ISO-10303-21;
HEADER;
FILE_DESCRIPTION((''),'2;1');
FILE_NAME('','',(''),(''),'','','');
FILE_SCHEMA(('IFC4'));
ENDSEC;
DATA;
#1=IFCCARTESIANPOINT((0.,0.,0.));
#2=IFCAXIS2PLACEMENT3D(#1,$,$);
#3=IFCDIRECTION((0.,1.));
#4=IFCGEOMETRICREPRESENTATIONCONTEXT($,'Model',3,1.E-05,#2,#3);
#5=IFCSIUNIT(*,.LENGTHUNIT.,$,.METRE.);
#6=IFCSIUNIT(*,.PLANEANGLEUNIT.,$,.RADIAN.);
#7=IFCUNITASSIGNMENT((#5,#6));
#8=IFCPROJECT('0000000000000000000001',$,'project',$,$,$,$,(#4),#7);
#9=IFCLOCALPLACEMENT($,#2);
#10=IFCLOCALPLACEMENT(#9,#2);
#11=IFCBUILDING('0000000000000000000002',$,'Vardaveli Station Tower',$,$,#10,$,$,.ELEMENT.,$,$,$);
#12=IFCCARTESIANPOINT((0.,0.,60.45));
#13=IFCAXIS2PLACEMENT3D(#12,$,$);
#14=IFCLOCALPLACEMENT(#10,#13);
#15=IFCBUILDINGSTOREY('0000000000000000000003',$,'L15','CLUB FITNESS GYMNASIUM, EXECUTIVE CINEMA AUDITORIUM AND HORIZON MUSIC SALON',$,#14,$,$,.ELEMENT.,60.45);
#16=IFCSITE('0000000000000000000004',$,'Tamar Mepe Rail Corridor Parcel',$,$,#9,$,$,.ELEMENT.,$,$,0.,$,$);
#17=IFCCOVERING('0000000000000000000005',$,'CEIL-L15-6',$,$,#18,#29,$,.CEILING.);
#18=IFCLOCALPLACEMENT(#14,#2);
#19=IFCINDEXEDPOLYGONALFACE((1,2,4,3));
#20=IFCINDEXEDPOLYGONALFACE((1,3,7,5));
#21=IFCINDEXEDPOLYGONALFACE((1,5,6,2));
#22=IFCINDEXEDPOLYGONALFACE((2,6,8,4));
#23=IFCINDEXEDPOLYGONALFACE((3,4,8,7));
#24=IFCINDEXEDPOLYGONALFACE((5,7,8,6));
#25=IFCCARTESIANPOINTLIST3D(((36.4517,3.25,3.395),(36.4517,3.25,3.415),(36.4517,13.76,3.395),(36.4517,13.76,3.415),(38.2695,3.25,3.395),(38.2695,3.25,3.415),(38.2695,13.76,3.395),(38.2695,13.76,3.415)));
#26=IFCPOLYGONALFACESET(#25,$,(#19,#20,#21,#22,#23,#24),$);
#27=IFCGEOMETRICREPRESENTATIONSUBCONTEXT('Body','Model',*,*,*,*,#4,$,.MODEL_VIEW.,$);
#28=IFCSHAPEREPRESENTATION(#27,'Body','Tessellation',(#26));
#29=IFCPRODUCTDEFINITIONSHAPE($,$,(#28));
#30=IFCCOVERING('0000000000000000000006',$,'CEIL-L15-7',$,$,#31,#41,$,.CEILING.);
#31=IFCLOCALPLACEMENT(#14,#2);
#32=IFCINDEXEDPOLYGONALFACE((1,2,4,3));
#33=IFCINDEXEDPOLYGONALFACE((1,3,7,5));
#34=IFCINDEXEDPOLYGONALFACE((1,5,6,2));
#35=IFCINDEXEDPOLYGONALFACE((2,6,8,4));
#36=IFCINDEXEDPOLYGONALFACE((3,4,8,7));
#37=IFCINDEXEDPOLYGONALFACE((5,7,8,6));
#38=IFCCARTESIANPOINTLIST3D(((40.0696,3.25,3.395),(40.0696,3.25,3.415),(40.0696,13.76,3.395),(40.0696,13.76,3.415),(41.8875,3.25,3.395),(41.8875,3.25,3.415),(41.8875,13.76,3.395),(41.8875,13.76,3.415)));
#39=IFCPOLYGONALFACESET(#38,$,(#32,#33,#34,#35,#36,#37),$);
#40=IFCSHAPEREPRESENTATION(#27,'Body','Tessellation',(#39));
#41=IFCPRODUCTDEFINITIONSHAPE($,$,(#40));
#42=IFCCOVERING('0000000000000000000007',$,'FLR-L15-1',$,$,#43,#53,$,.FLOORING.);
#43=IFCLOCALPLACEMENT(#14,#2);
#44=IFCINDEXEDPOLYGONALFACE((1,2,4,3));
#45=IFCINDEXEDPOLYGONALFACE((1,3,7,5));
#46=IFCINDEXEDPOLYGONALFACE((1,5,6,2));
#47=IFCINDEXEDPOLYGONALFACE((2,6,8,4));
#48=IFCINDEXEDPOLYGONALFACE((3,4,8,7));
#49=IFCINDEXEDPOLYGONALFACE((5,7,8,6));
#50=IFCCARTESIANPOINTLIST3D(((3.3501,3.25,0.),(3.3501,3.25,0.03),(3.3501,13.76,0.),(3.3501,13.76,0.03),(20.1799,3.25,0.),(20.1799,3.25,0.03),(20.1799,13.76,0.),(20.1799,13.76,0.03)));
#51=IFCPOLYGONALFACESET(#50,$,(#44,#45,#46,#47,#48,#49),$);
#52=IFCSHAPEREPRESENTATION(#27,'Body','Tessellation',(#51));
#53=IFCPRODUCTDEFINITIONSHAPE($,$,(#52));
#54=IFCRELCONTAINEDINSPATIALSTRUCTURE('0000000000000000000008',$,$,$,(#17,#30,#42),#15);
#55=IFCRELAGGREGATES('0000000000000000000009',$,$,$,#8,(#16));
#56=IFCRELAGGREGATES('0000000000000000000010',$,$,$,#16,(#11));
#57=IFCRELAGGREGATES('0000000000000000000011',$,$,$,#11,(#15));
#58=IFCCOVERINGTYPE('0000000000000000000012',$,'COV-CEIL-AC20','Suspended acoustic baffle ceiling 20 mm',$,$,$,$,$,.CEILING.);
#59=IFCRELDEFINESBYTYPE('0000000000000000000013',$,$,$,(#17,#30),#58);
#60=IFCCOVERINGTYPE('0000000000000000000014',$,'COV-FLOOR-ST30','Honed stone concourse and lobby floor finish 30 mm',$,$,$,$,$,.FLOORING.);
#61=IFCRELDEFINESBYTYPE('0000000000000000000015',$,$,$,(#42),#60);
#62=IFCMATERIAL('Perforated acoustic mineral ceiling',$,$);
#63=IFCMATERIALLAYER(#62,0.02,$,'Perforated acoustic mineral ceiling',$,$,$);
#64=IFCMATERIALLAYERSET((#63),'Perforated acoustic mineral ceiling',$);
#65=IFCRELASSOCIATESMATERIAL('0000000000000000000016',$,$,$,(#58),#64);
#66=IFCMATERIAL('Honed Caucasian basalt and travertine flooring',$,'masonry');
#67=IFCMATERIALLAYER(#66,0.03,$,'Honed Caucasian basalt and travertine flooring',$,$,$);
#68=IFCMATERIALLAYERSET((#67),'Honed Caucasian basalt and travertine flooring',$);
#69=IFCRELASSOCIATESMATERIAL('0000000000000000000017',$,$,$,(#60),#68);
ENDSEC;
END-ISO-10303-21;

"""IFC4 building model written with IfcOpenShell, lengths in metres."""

from ifc_helpers import new_model, si_unit, direction, frame, origin, place, context, subcontext, project, spatial, polyline, outline, extrude, material, layer, layer_set, type_object, element, save


model = new_model("IFC4")

# Units and contexts
model_context = context("Model", 3, precision=1e-05, world=origin(), true_north=direction((0.0, 1.0)))
body_context = subcontext(model_context, "Body", "Model", "MODEL_VIEW")
ifc_project = project(units=[si_unit("LENGTHUNIT", "METRE"), si_unit("PLANEANGLEUNIT", "RADIAN")], contexts=[model_context])

# Site, building, storey
site_placement = place(None, origin())
site = spatial("IfcSite", under=ifc_project, at=site_placement, Name="Tamar Mepe Rail Corridor Parcel", CompositionType="ELEMENT", RefElevation=0.0)
building_placement = place(site_placement, origin())
building = spatial("IfcBuilding", under=site, at=building_placement, Name="Vardaveli Station Tower", CompositionType="ELEMENT")
storey_placement = place(building_placement, frame((0.0, 0.0, 60.45)))
storey = spatial("IfcBuildingStorey", under=building, at=storey_placement, Name="L15", Description="CLUB FITNESS GYMNASIUM, EXECUTIVE CINEMA AUDITORIUM AND HORIZON MUSIC SALON", CompositionType="ELEMENT", Elevation=60.45)

# Coverings
ifc_material_1 = material(Name="Perforated acoustic mineral ceiling")
ifc_layer_1 = layer(ifc_material_1, 0.02, Name="Perforated acoustic mineral ceiling")
ifc_layer_set_1 = layer_set([ifc_layer_1], Name="Perforated acoustic mineral ceiling")
covering_type_1 = type_object("IfcCoveringType", Name="COV-CEIL-AC20", Description="Suspended acoustic baffle ceiling 20 mm", PredefinedType="CEILING", material=ifc_layer_set_1)
covering_1_placement = place(storey_placement, frame((0.0, 0.0, 3.395)))
element("IfcCovering", 1, at=covering_1_placement, inside=storey, type_object=covering_type_1, Name="CEIL-L15-6", PredefinedType="CEILING", context=body_context, shape_type="SweptSolid", body=[
    extrude(outline(polyline([(36.4517, 3.25), (38.2695, 3.25), (38.2695, 13.76), (36.4517, 13.76), (36.4517, 3.25)])), origin(), (0.0, 0.0, 1.0), 0.02),
])
covering_2_placement = place(storey_placement, frame((0.0, 0.0, 3.395)))
element("IfcCovering", 2, at=covering_2_placement, inside=storey, type_object=covering_type_1, Name="CEIL-L15-7", PredefinedType="CEILING", context=body_context, shape_type="SweptSolid", body=[
    extrude(outline(polyline([(40.0696, 3.25), (41.8875, 3.25), (41.8875, 13.76), (40.0696, 13.76), (40.0696, 3.25)])), origin(), (0.0, 0.0, 1.0), 0.02),
])
ifc_material_2 = material(Name="Honed Caucasian basalt and travertine flooring", Category="masonry")
ifc_layer_2 = layer(ifc_material_2, 0.03, Name="Honed Caucasian basalt and travertine flooring")
ifc_layer_set_2 = layer_set([ifc_layer_2], Name="Honed Caucasian basalt and travertine flooring")
covering_type_2 = type_object("IfcCoveringType", Name="COV-FLOOR-ST30", Description="Honed stone concourse and lobby floor finish 30 mm", PredefinedType="FLOORING", material=ifc_layer_set_2)
covering_3_placement = place(storey_placement, origin())
element("IfcCovering", 3, at=covering_3_placement, inside=storey, type_object=covering_type_2, Name="FLR-L15-1", PredefinedType="FLOORING", context=body_context, shape_type="SweptSolid", body=[
    extrude(outline(polyline([(3.3501, 3.25), (20.1799, 3.25), (20.1799, 13.76), (3.3501, 13.76), (3.3501, 3.25)])), origin(), (0.0, 0.0, 1.0), 0.03),
])

save(model, "model.ifc")
